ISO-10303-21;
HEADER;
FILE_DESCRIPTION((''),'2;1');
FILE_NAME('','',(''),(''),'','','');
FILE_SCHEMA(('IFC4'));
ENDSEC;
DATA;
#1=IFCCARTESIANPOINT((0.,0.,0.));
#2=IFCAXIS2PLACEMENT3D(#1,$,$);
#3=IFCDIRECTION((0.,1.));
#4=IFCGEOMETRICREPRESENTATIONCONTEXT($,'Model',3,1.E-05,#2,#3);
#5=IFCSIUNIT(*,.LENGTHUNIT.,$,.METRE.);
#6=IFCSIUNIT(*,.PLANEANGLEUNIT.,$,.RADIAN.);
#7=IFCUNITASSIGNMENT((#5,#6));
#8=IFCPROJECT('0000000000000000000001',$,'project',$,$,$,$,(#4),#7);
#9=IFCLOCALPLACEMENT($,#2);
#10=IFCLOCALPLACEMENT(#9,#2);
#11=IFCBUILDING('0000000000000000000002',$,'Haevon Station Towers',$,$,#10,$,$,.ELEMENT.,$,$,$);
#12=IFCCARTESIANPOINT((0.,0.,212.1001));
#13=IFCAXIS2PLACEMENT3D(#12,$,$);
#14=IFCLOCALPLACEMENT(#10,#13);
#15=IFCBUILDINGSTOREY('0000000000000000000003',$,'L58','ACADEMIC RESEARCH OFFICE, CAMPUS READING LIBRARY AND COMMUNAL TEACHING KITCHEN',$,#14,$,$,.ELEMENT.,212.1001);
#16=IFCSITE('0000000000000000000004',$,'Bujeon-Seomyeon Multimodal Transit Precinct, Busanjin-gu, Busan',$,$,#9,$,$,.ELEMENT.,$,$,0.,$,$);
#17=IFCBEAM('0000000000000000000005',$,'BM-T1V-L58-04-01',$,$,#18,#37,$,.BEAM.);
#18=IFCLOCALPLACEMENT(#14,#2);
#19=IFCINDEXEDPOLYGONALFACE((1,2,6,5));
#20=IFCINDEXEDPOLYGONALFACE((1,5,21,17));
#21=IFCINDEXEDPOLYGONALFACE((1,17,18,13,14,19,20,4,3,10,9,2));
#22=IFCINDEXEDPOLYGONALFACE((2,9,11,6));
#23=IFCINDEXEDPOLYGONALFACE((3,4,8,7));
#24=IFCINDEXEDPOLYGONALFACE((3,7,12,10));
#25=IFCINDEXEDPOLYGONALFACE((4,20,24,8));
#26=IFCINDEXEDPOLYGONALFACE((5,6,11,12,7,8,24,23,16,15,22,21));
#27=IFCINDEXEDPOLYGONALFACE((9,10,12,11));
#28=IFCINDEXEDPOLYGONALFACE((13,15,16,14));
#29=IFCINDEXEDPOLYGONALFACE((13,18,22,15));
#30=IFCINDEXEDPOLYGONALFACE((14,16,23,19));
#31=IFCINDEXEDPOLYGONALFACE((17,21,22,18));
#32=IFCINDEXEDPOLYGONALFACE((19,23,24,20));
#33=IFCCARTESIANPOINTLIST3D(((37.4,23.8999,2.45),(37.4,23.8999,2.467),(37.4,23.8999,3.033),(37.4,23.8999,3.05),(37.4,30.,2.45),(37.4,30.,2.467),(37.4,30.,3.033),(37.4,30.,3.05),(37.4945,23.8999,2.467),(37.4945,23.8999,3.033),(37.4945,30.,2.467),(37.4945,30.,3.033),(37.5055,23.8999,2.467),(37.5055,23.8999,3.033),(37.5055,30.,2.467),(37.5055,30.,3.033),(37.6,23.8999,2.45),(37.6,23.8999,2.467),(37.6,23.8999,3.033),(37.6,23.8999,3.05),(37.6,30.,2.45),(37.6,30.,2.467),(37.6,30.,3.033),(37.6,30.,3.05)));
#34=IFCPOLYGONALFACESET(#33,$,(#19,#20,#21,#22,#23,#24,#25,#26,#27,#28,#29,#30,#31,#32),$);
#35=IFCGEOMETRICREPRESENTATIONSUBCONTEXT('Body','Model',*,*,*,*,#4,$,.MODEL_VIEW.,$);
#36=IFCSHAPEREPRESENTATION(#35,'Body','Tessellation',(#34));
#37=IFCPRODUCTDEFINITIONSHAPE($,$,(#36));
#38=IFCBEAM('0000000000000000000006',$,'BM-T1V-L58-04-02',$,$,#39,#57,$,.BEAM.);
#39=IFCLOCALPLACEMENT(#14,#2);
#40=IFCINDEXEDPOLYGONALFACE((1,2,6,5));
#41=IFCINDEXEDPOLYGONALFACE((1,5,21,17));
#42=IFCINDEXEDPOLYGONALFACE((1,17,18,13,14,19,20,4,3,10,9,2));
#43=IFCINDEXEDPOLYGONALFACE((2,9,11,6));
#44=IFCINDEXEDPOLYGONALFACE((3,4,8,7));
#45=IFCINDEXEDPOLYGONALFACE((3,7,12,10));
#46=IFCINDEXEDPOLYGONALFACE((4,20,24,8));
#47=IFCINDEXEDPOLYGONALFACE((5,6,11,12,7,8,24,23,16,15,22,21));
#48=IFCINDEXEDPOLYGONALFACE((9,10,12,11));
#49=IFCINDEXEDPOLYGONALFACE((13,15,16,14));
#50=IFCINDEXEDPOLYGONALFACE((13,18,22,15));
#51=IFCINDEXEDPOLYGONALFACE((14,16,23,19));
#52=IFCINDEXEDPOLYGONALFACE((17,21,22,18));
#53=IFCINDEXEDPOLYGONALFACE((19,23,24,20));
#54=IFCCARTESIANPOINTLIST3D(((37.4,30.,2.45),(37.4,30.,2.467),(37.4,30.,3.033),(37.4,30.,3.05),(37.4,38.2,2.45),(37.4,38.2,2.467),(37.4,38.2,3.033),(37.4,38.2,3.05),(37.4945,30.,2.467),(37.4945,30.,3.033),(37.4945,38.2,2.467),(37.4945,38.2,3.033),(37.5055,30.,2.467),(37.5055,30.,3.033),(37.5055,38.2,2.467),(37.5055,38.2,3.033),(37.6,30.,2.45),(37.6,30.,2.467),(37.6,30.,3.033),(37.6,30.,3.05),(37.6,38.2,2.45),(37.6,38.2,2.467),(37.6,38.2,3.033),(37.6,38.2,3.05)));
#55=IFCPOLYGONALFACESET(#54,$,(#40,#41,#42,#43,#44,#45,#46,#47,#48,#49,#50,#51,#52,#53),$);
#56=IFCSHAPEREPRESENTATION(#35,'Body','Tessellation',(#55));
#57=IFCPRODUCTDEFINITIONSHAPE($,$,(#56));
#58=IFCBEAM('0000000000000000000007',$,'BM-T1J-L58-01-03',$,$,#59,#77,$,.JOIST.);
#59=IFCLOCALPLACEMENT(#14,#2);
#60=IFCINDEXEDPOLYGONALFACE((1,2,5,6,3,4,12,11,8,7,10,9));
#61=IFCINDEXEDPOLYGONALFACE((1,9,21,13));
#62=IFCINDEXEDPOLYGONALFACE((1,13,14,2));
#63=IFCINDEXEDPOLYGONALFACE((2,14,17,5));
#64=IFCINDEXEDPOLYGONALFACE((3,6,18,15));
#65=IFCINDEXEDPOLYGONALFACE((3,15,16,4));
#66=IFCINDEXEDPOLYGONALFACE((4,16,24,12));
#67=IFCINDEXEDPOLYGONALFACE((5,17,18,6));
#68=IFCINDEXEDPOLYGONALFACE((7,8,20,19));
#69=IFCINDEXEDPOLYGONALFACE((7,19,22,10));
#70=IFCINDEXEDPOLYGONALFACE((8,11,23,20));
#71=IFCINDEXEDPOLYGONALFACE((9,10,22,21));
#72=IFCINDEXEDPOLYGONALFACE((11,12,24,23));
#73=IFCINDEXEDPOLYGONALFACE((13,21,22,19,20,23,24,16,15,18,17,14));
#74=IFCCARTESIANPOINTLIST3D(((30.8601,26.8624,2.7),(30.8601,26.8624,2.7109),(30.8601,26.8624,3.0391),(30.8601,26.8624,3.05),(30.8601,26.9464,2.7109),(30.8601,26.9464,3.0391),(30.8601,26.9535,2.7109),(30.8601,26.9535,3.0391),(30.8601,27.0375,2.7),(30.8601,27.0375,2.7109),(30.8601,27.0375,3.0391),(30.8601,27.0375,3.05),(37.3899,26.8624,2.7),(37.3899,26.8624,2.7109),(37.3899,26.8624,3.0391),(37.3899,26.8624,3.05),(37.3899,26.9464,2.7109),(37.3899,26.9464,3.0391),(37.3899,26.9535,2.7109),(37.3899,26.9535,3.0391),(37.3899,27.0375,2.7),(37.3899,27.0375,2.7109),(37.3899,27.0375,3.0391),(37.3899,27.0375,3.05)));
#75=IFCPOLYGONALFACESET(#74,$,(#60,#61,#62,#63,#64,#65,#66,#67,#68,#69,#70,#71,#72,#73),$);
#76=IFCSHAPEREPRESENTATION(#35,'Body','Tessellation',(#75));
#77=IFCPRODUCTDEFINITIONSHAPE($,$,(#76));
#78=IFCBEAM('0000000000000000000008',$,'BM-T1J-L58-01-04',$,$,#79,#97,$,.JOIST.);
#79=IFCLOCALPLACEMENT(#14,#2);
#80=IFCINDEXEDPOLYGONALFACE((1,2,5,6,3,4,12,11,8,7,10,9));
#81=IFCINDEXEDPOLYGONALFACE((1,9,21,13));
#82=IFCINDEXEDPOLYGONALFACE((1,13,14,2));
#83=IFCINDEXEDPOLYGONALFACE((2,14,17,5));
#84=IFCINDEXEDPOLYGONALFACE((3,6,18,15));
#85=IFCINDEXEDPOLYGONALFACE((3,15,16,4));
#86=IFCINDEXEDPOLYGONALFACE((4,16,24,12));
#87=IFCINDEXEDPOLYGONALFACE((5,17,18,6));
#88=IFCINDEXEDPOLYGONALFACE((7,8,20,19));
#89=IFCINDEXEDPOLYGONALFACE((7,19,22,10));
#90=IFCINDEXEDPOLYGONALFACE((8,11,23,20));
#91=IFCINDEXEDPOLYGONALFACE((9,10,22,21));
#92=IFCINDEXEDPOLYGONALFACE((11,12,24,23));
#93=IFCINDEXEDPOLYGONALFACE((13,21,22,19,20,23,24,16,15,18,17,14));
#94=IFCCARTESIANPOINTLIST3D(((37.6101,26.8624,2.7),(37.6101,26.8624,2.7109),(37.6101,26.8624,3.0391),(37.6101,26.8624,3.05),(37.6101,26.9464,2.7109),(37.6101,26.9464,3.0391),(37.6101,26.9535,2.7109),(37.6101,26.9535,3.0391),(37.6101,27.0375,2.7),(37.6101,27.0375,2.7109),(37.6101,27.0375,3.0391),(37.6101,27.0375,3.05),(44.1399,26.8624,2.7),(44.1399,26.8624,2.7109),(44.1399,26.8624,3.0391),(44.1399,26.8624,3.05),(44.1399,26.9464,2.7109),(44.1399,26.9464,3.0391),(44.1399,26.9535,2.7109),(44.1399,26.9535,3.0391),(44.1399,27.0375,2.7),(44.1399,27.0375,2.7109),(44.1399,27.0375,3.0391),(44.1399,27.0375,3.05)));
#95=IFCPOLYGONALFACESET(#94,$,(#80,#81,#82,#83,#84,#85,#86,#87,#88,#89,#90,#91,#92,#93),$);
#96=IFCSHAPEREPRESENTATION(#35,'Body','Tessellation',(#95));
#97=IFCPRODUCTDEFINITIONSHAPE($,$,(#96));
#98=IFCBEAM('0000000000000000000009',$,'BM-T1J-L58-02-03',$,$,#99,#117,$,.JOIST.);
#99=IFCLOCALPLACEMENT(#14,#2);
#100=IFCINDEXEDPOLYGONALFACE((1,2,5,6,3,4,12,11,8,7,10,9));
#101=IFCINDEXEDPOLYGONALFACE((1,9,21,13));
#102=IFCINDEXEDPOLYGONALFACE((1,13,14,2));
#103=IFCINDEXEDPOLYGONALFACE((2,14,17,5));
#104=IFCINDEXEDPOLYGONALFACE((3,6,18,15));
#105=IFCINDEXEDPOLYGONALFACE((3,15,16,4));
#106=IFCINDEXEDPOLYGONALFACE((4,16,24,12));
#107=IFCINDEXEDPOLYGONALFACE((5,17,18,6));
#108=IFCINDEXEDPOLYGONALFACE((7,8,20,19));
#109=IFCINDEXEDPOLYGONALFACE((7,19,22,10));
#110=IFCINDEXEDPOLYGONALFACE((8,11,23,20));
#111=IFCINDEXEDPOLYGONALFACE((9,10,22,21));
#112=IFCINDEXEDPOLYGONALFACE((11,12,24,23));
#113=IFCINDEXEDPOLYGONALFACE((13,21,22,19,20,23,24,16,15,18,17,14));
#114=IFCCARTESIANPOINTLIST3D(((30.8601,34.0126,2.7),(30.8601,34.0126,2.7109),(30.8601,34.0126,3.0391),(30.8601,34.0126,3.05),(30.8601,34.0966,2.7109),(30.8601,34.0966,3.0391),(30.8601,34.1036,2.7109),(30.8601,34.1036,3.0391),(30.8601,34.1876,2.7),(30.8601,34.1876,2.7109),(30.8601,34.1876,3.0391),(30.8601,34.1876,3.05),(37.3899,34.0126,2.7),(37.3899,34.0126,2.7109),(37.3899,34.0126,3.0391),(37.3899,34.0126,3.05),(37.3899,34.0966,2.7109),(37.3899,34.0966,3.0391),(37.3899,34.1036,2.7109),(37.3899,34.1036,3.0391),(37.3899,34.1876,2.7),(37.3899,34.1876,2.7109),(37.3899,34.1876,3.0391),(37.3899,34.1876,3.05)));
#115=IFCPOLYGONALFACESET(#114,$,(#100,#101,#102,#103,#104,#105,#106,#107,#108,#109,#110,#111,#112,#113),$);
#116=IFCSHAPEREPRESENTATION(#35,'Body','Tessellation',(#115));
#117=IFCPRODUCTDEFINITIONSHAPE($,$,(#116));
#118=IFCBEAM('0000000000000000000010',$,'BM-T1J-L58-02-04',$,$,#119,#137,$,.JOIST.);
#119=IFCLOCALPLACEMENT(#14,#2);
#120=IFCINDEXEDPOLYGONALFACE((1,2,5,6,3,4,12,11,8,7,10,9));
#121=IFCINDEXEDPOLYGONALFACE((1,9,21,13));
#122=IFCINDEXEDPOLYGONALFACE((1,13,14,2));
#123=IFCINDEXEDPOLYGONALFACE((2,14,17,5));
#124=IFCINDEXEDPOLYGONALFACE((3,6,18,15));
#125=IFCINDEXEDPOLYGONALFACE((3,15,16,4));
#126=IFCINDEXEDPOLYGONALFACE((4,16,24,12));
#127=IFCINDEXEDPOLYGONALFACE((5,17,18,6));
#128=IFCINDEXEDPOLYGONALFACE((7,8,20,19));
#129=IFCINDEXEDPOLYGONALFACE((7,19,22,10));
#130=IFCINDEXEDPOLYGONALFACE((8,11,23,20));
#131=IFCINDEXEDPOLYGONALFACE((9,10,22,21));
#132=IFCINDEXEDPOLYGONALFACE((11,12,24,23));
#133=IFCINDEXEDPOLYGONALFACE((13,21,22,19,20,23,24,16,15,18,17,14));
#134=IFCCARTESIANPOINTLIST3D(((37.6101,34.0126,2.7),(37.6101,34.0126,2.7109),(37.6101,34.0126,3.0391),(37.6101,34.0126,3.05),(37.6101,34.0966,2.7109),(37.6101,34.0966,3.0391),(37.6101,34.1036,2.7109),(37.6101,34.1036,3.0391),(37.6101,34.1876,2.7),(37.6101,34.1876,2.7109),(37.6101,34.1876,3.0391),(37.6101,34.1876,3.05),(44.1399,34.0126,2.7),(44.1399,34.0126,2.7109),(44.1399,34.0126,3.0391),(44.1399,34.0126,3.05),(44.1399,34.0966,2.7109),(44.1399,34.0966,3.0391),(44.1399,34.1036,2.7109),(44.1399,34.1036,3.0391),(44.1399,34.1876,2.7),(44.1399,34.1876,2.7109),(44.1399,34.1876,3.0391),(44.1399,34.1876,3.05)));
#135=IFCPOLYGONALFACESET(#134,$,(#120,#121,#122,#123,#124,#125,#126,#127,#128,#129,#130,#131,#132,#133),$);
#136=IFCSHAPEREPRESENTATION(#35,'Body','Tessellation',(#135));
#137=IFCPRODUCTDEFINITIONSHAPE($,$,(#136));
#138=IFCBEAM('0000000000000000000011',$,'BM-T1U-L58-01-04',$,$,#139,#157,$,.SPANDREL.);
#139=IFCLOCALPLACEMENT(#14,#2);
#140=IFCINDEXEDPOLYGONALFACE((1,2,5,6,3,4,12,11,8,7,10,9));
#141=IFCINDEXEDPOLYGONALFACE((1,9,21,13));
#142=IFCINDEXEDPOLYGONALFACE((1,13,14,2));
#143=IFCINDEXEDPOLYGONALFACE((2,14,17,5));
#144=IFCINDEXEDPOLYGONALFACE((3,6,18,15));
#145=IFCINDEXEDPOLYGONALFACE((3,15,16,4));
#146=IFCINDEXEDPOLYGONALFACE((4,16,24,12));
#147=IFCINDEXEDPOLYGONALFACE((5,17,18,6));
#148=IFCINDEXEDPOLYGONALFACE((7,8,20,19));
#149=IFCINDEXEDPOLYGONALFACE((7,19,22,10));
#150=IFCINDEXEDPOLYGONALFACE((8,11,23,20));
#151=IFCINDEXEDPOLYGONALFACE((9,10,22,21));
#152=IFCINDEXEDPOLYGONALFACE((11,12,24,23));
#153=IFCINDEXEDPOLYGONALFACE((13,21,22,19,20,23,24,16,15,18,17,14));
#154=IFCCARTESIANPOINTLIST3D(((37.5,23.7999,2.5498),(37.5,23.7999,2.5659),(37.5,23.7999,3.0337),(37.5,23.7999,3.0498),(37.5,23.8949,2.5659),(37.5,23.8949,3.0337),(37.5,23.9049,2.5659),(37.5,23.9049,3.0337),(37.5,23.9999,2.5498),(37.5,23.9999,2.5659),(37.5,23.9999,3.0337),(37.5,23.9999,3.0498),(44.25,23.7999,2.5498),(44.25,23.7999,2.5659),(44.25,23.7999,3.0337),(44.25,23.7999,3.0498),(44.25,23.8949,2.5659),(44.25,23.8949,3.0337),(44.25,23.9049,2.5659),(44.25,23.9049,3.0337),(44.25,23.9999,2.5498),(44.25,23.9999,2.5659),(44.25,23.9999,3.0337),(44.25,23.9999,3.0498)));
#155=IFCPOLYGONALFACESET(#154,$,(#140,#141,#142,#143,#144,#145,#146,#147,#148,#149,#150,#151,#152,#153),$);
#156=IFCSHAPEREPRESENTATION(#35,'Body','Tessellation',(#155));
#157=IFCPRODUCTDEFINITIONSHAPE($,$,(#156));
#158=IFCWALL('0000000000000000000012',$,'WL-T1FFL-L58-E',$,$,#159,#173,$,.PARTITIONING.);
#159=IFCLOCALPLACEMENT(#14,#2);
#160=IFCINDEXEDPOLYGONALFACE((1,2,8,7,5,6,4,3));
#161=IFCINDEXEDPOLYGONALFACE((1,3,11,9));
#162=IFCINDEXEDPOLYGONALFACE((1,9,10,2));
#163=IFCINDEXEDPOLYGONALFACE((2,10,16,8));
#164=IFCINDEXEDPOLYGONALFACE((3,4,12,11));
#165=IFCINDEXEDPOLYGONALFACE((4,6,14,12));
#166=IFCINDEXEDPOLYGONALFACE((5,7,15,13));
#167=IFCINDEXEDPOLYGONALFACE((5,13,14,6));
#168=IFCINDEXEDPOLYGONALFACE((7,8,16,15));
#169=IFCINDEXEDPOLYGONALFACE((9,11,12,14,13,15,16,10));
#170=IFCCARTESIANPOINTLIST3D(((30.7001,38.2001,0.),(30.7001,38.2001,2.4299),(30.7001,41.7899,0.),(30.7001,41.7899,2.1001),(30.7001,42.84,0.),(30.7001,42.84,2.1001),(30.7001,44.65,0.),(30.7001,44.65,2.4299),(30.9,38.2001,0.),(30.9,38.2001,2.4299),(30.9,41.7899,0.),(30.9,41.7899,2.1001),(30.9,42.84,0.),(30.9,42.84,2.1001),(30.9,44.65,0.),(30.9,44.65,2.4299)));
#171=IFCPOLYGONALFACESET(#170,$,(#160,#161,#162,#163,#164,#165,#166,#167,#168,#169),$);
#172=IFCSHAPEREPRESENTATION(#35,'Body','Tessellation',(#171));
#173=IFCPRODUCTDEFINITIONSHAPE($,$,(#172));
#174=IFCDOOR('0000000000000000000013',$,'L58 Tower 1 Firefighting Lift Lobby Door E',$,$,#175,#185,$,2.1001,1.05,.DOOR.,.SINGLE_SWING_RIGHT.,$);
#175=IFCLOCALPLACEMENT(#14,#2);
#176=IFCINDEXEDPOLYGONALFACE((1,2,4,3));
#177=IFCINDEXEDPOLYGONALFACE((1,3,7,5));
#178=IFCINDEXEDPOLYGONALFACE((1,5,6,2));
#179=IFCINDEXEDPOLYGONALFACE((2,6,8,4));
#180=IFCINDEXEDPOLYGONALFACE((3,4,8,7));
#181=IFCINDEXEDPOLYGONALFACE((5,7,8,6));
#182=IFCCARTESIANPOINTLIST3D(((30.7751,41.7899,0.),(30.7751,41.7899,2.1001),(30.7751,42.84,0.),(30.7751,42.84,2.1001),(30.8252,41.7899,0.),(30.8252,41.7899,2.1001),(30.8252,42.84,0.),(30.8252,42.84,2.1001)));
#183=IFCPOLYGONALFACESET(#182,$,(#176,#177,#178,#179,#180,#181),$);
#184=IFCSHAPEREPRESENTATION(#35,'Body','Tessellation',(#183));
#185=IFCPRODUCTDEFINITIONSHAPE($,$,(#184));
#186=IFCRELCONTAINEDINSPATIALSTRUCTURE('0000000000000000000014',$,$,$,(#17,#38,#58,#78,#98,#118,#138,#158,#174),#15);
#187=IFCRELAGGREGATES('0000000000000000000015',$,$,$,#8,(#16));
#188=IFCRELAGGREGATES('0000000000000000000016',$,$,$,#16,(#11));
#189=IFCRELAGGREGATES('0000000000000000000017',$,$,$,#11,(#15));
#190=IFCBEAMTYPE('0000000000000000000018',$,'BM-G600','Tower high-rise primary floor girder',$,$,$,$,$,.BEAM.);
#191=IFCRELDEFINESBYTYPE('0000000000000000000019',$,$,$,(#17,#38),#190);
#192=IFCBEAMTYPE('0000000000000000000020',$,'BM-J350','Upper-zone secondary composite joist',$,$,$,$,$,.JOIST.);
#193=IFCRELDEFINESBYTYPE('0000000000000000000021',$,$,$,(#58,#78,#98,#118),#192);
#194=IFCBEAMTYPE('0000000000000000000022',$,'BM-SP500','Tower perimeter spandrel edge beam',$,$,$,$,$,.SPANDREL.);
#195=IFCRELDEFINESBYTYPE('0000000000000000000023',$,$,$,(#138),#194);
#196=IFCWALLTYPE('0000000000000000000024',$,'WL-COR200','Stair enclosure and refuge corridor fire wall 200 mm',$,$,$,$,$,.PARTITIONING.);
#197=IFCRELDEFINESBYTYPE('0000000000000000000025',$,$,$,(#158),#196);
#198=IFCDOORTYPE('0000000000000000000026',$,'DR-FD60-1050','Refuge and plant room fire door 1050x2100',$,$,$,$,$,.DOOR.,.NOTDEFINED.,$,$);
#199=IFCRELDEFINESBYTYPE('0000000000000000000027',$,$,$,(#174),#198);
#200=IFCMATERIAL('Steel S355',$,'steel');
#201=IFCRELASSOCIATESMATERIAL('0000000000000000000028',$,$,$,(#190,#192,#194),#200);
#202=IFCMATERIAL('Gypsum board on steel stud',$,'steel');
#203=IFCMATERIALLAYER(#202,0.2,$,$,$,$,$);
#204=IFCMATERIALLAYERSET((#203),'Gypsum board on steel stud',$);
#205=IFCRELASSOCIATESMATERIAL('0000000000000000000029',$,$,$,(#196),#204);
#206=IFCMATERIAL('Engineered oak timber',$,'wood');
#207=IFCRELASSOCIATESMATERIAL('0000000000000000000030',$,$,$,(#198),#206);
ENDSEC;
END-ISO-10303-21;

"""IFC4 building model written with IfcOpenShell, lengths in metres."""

from ifc_helpers import new_model, si_unit, direction, frame, frame_2d, origin, origin_2d, place, context, subcontext, project, spatial, rectangle, i_section, extrude, material, layer, layer_set, material_profile, profile_set, type_object, element, fill, save


model = new_model("IFC4")

# Units and contexts
model_context = context("Model", 3, precision=1e-05, world=origin(), true_north=direction((0.0, 1.0)))
body_context = subcontext(model_context, "Body", "Model", "MODEL_VIEW")
ifc_project = project(units=[si_unit("LENGTHUNIT", "METRE"), si_unit("PLANEANGLEUNIT", "RADIAN")], contexts=[model_context])

# Site, building, storey
site_placement = place(None, origin())
site = spatial("IfcSite", under=ifc_project, at=site_placement, Name="Bujeon-Seomyeon Multimodal Transit Precinct, Busanjin-gu, Busan", CompositionType="ELEMENT", RefElevation=0.0)
building_placement = place(site_placement, origin())
building = spatial("IfcBuilding", under=site, at=building_placement, Name="Haevon Station Towers", CompositionType="ELEMENT")
storey_placement = place(building_placement, frame((0.0, 0.0, 212.1001)))
storey = spatial("IfcBuildingStorey", under=building, at=storey_placement, Name="L58", Description="ACADEMIC RESEARCH OFFICE, CAMPUS READING LIBRARY AND COMMUNAL TEACHING KITCHEN", CompositionType="ELEMENT", Elevation=212.1001)

# Shared definitions
ifc_material_1 = material(Name="Steel S355", Category="steel")

# Beams
ifc_material_profile_1 = material_profile(ifc_material_1, i_section(OverallWidth=0.2, OverallDepth=0.6001, WebThickness=0.011, FlangeThickness=0.0171, at=origin_2d()), Name="H-600x200x11x17")
ifc_profile_set_1 = profile_set([ifc_material_profile_1], Name="Steel S355")
beam_type_1 = type_object("IfcBeamType", Name="BM-G600", Description="Tower high-rise primary floor girder", PredefinedType="BEAM", material=ifc_profile_set_1)
beam_1_placement = place(storey_placement, frame((37.5, 23.8999, 2.75), z_axis=(0.0, 1.0, 0.0), x_axis=(-1.0, 0.0, 0.0)))
element("IfcBeam", 1, at=beam_1_placement, inside=storey, type_object=beam_type_1, Name="BM-T1V-L58-04-01", PredefinedType="BEAM", context=body_context, shape_type="SweptSolid", body=[
    extrude(i_section(OverallWidth=0.2, OverallDepth=0.6001, WebThickness=0.011, FlangeThickness=0.0171, at=origin_2d()), origin(), (0.0, 0.0, 1.0), 6.1001),
])
beam_2_placement = place(storey_placement, frame((37.5, 30.0, 2.75), z_axis=(0.0, 1.0, 0.0), x_axis=(-1.0, 0.0, 0.0)))
element("IfcBeam", 2, at=beam_2_placement, inside=storey, type_object=beam_type_1, Name="BM-T1V-L58-04-02", PredefinedType="BEAM", context=body_context, shape_type="SweptSolid", body=[
    extrude(i_section(OverallWidth=0.2, OverallDepth=0.6001, WebThickness=0.011, FlangeThickness=0.0171, at=origin_2d()), origin(), (0.0, 0.0, 1.0), 8.2),
])
ifc_material_profile_2 = material_profile(ifc_material_1, i_section(OverallWidth=0.175, OverallDepth=0.3501, WebThickness=0.0071, FlangeThickness=0.011, at=origin_2d()), Name="H-350x175x7x11")
ifc_profile_set_2 = profile_set([ifc_material_profile_2], Name="Steel S355")
beam_type_2 = type_object("IfcBeamType", Name="BM-J350", Description="Upper-zone secondary composite joist", PredefinedType="JOIST", material=ifc_profile_set_2)
for number, where, z_axis, x_axis, name in (
    (3, (30.8601, 26.95, 2.875), (1.0, 0.0, 0.0), (0.0, 1.0, 0.0), "BM-T1J-L58-01-03"),
    (4, (37.6101, 26.95, 2.875), (1.0, 0.0, 0.0), (0.0, 1.0, 0.0), "BM-T1J-L58-01-04"),
    (5, (30.8601, 34.1001, 2.875), (1.0, 0.0, 0.0), (0.0, 1.0, 0.0), "BM-T1J-L58-02-03"),
    (6, (37.6101, 34.1001, 2.875), (1.0, 0.0, 0.0), (0.0, 1.0, 0.0), "BM-T1J-L58-02-04"),
):
    element("IfcBeam", number, at=place(storey_placement, frame(where, z_axis=z_axis, x_axis=x_axis)), inside=storey, type_object=beam_type_2, Name=name, PredefinedType="JOIST", context=body_context, shape_type="SweptSolid", body=[
        extrude(i_section(OverallWidth=0.175, OverallDepth=0.3501, WebThickness=0.0071, FlangeThickness=0.011, at=origin_2d()), origin(), (0.0, 0.0, 1.0), 6.5298),
    ])
ifc_material_profile_3 = material_profile(ifc_material_1, i_section(OverallWidth=0.2, OverallDepth=0.5, WebThickness=0.01, FlangeThickness=0.0161, at=origin_2d()), Name="H-500x200x10x16")
ifc_profile_set_3 = profile_set([ifc_material_profile_3], Name="Steel S355")
beam_type_3 = type_object("IfcBeamType", Name="BM-SP500", Description="Tower perimeter spandrel edge beam", PredefinedType="SPANDREL", material=ifc_profile_set_3)
beam_3_placement = place(storey_placement, frame((37.5, 23.8999, 2.7998), z_axis=(1.0, 0.0, 0.0), x_axis=(0.0, 1.0, 0.0)))
element("IfcBeam", 7, at=beam_3_placement, inside=storey, type_object=beam_type_3, Name="BM-T1U-L58-01-04", PredefinedType="SPANDREL", context=body_context, shape_type="SweptSolid", body=[
    extrude(i_section(OverallWidth=0.2, OverallDepth=0.5, WebThickness=0.01, FlangeThickness=0.0161, at=origin_2d()), origin(), (0.0, 0.0, 1.0), 6.75),
])

# Wall, opening, door
ifc_material_2 = material(Name="Gypsum board on steel stud", Category="steel")
ifc_layer_1 = layer(ifc_material_2, 0.2)
ifc_layer_set_1 = layer_set([ifc_layer_1], Name="Gypsum board on steel stud")
wall_type_1 = type_object("IfcWallType", Name="WL-COR200", Description="Stair enclosure and refuge corridor fire wall 200 mm", PredefinedType="PARTITIONING", material=ifc_layer_set_1)
wall_1_placement = place(storey_placement, frame((30.8, 38.2, 0.0), z_axis=(0.0, 0.0, 1.0), x_axis=(0.0, 1.0, 0.0)))
wall_1 = element("IfcWall", 8, at=wall_1_placement, inside=storey, type_object=wall_type_1, Name="WL-T1FFL-L58-E", PredefinedType="PARTITIONING", context=body_context, shape_type="SweptSolid", body=[
    extrude(rectangle(XDim=6.45, YDim=0.2, at=frame_2d((3.2251, 0.0))), origin(), (0.0, 0.0, 1.0), 2.4299),
])
opening_1_placement = place(wall_1_placement, frame((3.5901, 0.0, 0.0)))
opening_1 = element("IfcOpeningElement", 9, at=opening_1_placement, cuts=wall_1, PredefinedType="OPENING", context=body_context, shape_type="SweptSolid", body=[
    extrude(rectangle(XDim=1.05, YDim=2.1001, at=frame_2d((0.5249, 1.05))), frame((0.0, 0.1099, 0.0), z_axis=(0.0, -1.0, 0.0), x_axis=(1.0, 0.0, 0.0)), (0.0, 0.0, 1.0), 0.22),
])
ifc_material_3 = material(Name="Engineered oak timber", Category="wood")
door_type_1 = type_object("IfcDoorType", Name="DR-FD60-1050", Description="Refuge and plant room fire door 1050x2100", OperationType="NOTDEFINED", PredefinedType="DOOR", material=ifc_material_3)
door_1_placement = place(opening_1_placement, origin())
door_1 = element("IfcDoor", 10, at=door_1_placement, inside=storey, type_object=door_type_1, Name="L58 Tower 1 Firefighting Lift Lobby Door E", OperationType="SINGLE_SWING_RIGHT", OverallHeight=2.1001, OverallWidth=1.05, PredefinedType="DOOR", context=body_context, shape_type="SweptSolid", body=[
    extrude(rectangle(XDim=1.05, YDim=2.1001, at=frame_2d((0.5249, 1.05))), frame((0.0, 0.0249, 0.0), z_axis=(0.0, -1.0, 0.0), x_axis=(1.0, 0.0, 0.0)), (0.0, 0.0, 1.0), 0.05),
])
fill(opening_1, door_1)

save(model, "model.ifc")
